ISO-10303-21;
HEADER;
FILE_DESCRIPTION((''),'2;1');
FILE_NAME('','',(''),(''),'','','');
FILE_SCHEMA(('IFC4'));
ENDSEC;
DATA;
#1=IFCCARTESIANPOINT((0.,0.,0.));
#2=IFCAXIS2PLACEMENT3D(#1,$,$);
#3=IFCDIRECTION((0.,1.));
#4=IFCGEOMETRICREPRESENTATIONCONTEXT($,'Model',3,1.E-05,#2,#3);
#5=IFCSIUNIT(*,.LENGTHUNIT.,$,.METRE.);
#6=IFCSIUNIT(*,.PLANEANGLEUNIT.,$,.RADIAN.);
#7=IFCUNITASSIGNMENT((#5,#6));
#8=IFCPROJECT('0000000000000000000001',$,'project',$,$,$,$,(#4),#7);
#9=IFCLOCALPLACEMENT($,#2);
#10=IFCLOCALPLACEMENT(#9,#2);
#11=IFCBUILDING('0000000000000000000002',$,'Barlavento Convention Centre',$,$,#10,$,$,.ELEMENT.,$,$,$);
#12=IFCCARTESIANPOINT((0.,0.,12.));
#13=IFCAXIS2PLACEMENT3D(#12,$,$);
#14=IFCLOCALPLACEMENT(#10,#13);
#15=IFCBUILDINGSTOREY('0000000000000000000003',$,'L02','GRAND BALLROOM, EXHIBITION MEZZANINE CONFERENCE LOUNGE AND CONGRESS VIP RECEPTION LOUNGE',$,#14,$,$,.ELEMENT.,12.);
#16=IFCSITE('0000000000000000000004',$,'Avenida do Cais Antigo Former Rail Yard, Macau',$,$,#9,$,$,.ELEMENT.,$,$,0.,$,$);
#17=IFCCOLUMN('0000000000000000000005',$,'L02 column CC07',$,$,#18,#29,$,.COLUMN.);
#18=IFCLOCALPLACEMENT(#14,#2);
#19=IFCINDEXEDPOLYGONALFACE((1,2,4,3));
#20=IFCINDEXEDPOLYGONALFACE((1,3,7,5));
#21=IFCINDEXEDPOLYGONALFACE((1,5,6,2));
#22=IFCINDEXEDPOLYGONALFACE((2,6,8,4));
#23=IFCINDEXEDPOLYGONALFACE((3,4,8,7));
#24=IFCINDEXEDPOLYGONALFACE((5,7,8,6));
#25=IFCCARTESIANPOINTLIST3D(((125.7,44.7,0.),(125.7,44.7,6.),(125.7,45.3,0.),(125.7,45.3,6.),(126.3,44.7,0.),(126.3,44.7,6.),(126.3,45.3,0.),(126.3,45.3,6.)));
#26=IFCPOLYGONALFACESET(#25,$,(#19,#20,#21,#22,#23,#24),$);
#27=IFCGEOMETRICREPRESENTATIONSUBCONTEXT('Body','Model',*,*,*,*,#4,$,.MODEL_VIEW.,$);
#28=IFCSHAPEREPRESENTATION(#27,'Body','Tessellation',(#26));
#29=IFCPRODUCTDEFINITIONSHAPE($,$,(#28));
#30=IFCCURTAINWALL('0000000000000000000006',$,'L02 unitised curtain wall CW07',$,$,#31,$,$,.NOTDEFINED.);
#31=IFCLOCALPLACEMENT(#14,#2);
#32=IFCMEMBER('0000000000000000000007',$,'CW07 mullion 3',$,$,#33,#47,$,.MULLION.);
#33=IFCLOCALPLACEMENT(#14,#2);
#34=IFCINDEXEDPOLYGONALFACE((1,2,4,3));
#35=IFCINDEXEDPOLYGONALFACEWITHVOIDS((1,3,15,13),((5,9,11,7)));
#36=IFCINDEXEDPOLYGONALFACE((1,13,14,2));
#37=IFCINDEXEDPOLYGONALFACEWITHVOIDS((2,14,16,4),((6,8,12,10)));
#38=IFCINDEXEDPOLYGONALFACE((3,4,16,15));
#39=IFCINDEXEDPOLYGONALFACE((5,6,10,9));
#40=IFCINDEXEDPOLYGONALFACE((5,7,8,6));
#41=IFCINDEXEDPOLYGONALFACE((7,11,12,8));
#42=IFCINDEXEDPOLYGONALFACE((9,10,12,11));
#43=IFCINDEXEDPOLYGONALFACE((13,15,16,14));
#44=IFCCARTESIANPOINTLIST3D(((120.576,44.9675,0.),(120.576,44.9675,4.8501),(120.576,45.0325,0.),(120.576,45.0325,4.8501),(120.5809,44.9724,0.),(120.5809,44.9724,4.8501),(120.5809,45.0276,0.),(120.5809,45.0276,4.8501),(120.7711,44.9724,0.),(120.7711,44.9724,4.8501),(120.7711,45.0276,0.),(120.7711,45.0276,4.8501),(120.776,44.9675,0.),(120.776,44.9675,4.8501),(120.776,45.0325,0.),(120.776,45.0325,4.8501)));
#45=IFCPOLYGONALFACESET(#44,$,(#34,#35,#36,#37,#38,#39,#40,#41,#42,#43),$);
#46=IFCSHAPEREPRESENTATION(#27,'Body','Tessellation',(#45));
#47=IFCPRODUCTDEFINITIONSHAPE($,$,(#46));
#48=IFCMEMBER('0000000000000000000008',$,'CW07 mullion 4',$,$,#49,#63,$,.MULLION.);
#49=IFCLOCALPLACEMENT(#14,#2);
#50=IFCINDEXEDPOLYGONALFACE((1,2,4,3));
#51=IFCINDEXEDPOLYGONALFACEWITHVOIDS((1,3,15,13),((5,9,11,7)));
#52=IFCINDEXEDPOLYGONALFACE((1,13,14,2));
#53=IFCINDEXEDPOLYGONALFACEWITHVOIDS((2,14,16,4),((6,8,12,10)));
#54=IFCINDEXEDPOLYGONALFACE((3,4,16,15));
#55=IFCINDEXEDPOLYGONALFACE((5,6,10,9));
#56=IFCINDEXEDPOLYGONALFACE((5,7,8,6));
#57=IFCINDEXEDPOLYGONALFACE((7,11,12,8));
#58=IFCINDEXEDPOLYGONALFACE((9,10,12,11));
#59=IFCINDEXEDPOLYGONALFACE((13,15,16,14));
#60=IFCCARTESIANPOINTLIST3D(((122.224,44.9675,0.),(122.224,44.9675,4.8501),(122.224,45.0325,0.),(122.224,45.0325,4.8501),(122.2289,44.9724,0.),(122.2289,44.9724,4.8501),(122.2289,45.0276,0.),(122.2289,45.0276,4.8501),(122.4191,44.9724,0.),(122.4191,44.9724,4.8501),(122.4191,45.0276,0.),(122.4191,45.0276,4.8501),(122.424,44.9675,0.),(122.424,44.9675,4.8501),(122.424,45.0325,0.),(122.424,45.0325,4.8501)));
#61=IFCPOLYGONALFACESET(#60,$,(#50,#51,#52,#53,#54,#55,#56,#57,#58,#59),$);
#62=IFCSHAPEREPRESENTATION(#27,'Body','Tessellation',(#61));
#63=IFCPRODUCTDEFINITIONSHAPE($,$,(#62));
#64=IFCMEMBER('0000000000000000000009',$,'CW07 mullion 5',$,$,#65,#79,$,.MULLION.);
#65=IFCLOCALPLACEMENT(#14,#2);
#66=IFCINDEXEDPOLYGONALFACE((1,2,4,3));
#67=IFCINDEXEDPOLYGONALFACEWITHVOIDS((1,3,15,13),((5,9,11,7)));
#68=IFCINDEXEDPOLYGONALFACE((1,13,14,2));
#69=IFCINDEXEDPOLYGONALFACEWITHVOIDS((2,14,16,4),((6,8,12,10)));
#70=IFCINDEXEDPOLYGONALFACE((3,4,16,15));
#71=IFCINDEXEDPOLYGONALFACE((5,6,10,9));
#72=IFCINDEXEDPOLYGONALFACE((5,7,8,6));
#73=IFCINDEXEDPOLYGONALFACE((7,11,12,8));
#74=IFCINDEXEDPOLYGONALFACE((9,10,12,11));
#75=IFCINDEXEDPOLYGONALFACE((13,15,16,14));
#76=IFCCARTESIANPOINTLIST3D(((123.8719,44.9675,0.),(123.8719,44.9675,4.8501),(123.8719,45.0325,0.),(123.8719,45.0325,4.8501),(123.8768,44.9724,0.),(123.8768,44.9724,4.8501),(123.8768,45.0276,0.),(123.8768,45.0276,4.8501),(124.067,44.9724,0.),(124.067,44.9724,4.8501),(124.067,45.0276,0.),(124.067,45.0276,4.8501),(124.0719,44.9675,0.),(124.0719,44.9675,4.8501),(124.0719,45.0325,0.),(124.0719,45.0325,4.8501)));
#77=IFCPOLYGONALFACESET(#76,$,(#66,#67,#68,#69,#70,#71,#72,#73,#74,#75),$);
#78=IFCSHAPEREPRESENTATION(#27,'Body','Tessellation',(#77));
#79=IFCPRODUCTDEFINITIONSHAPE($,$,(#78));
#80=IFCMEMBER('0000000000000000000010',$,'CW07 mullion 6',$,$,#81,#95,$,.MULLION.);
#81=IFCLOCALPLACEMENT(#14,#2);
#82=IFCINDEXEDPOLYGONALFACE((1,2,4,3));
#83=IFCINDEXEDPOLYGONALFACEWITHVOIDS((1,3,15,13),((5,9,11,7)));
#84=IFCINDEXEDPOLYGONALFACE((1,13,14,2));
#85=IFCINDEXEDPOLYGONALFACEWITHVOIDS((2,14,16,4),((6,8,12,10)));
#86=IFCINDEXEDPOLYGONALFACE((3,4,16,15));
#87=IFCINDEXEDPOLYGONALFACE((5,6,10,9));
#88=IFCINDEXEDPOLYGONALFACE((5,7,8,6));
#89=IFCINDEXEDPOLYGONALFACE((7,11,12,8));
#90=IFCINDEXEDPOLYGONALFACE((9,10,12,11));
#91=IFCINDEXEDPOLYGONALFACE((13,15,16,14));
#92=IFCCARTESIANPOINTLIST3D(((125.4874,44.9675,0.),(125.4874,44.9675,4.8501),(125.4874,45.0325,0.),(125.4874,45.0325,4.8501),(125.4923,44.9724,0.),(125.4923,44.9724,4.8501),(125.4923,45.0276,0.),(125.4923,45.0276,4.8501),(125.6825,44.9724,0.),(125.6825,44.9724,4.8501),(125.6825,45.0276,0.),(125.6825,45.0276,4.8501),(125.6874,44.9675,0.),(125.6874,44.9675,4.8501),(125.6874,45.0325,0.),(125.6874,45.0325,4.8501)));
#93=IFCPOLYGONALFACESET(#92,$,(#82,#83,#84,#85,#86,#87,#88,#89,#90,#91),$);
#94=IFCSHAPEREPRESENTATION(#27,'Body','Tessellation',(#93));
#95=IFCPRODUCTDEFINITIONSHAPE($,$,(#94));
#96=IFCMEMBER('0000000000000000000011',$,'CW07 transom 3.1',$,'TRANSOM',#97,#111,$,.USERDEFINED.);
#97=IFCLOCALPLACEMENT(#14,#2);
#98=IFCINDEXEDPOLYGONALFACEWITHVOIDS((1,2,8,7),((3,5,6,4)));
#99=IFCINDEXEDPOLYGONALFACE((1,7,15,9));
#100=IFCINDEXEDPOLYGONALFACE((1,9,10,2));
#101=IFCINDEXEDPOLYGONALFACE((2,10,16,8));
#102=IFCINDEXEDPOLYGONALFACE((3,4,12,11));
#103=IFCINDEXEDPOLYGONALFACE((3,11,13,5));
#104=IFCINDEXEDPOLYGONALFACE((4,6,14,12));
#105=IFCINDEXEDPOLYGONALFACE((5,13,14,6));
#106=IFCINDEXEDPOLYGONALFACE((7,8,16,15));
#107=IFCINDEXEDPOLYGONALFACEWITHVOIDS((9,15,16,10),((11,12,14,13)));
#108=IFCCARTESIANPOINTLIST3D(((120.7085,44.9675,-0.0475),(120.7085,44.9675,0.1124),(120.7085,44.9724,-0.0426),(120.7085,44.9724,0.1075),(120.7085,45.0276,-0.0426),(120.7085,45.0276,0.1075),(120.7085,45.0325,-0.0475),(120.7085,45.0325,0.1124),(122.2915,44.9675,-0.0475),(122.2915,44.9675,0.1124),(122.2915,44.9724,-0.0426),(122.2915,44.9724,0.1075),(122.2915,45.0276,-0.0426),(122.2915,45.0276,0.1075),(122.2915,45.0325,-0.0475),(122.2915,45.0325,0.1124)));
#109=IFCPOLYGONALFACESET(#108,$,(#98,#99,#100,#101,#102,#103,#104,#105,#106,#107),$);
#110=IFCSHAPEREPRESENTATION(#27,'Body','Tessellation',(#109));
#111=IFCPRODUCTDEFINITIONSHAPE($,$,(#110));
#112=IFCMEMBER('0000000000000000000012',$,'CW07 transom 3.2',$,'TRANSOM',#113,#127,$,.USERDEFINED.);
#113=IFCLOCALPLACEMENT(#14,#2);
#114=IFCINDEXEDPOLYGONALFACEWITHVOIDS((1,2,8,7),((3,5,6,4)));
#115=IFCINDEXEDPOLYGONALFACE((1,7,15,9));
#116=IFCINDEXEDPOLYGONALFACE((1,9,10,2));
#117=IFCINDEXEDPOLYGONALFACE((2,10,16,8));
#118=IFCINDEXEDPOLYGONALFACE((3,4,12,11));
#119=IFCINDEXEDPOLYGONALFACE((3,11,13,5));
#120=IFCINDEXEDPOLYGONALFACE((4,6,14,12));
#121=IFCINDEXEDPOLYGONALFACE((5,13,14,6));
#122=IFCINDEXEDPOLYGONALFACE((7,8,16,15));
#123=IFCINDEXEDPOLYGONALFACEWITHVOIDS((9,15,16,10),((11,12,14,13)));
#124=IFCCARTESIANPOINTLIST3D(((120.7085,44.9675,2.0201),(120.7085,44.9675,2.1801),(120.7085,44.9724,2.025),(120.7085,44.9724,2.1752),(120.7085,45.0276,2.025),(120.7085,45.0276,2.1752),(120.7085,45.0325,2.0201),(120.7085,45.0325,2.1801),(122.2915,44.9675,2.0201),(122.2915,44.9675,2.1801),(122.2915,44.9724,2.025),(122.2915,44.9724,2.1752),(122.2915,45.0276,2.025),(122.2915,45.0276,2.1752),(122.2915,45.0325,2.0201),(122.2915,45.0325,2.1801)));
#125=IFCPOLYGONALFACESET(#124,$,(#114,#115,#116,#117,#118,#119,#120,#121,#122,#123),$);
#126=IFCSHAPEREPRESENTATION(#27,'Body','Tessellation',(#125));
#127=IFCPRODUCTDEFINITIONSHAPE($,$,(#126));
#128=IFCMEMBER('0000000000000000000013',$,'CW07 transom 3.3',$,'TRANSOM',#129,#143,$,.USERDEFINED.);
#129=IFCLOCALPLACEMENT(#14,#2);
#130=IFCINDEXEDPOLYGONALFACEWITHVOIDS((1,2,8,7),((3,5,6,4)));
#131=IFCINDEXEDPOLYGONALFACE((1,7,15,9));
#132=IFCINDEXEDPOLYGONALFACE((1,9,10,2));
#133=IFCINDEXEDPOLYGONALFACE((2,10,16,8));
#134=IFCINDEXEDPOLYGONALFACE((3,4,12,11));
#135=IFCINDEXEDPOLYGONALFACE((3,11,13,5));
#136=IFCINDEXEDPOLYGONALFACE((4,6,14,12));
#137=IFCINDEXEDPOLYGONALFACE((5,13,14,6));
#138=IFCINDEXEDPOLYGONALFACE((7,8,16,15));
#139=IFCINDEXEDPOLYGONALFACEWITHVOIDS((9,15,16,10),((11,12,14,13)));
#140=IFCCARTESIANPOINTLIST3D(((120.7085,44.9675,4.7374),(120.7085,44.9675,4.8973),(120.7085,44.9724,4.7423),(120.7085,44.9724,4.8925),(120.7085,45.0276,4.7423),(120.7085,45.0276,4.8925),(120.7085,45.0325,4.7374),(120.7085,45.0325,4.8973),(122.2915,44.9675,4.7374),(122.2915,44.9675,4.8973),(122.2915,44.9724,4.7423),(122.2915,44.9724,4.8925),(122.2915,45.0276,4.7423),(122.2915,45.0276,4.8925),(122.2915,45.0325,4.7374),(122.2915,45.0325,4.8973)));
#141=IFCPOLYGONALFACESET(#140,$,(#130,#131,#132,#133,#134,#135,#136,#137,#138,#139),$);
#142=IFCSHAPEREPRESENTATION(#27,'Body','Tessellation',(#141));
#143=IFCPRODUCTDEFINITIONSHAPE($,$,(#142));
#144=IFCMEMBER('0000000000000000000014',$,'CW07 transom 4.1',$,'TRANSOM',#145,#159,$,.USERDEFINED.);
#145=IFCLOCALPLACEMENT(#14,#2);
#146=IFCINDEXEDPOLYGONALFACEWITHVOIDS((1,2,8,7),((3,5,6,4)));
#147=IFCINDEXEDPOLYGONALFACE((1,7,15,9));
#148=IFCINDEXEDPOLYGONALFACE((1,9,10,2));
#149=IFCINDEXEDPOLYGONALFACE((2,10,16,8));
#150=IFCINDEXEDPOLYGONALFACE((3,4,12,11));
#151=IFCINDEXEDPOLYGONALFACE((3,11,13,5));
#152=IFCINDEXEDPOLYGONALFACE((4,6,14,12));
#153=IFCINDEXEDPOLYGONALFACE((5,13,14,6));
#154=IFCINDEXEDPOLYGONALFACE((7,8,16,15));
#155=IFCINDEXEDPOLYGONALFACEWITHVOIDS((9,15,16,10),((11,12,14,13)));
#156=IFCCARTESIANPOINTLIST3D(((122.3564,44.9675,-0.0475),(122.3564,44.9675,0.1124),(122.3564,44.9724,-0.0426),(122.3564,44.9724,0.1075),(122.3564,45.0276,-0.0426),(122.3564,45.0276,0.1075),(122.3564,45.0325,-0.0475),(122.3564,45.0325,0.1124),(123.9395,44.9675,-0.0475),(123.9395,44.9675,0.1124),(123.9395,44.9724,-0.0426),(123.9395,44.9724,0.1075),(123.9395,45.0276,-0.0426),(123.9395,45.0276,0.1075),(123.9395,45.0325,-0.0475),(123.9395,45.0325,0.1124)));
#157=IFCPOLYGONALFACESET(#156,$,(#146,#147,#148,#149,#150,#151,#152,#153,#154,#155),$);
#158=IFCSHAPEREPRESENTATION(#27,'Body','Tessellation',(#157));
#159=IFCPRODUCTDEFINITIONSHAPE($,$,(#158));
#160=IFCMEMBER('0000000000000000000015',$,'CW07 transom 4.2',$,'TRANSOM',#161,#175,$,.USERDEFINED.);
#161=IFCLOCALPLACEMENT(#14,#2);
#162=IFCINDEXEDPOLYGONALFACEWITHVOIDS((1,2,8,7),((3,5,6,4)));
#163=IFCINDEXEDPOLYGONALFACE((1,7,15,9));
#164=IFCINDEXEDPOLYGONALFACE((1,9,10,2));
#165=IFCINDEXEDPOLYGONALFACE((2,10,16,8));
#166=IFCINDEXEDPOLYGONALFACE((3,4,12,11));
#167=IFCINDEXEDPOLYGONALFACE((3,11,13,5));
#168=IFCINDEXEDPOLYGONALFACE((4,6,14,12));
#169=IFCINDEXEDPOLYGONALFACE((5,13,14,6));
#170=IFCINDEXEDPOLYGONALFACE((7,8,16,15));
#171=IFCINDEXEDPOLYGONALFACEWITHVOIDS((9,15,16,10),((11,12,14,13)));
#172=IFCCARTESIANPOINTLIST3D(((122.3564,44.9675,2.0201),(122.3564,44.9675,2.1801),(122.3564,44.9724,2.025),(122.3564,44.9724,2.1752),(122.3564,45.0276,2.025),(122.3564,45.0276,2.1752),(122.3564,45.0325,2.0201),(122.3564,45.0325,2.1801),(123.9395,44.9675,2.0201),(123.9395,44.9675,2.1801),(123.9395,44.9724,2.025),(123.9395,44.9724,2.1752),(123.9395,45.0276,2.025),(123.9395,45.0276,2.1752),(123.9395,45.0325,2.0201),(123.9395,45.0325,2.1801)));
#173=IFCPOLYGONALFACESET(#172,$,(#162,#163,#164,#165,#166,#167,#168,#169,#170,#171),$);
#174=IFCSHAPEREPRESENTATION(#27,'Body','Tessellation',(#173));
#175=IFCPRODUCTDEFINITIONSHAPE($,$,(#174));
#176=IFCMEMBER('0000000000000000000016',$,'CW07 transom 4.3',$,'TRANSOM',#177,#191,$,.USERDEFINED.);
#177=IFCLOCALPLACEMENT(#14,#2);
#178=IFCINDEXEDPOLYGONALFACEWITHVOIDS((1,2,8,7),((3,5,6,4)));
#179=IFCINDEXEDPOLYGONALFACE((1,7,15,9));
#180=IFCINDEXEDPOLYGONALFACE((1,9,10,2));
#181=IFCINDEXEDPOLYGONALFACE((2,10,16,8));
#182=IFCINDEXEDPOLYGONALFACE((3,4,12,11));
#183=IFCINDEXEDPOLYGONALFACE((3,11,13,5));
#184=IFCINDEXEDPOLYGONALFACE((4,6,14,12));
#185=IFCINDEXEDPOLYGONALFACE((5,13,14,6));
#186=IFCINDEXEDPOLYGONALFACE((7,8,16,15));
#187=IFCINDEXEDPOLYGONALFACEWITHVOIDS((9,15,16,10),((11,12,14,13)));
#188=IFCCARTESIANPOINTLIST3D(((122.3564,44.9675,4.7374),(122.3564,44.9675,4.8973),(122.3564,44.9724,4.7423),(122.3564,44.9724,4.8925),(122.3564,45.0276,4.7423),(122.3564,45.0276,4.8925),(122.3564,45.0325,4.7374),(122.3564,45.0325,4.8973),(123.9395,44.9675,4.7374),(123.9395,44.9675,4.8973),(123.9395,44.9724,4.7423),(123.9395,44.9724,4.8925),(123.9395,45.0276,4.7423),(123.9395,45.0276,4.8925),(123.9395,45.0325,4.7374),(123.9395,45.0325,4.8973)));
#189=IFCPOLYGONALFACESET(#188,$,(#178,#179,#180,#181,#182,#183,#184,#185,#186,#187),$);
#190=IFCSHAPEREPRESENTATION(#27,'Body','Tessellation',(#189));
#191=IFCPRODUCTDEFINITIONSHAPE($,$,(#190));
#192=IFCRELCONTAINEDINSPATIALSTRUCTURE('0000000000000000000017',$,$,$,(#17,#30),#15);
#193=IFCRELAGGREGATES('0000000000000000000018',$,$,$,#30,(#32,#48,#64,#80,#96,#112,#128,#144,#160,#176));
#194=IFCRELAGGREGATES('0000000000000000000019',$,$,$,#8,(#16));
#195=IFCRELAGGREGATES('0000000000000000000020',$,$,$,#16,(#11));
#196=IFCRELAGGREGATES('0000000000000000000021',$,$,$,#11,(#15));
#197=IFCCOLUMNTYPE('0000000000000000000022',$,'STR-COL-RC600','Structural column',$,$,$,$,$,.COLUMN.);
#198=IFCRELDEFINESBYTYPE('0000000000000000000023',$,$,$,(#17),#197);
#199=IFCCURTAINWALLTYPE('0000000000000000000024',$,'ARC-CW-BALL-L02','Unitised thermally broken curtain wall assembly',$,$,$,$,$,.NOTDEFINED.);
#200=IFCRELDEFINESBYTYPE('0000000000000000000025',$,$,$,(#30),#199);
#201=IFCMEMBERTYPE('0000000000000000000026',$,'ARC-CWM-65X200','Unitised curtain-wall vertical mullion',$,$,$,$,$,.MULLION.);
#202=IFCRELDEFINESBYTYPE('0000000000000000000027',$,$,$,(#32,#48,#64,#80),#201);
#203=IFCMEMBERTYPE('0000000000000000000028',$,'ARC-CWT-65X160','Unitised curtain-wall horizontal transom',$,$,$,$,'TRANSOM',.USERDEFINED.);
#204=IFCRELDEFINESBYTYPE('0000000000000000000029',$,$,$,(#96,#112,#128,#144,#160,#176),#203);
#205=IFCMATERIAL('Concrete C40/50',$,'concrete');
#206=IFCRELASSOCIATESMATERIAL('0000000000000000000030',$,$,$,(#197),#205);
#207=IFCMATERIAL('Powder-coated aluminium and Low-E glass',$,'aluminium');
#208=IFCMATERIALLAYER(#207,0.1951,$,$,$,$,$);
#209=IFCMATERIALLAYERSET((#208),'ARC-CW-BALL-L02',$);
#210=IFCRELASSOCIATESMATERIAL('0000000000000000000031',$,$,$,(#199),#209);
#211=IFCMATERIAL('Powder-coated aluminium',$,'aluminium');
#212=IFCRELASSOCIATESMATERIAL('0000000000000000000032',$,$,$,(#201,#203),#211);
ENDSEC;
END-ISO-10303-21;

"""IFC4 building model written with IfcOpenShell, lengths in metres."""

from ifc_helpers import new_model, si_unit, direction, frame, origin, origin_2d, place, context, subcontext, project, spatial, rectangle, hollow_rectangle, extrude, material, layer, layer_set, material_profile, profile_set, type_object, element, aggregate, save


model = new_model("IFC4")

# Units and contexts
model_context = context("Model", 3, precision=1e-05, world=origin(), true_north=direction((0.0, 1.0)))
body_context = subcontext(model_context, "Body", "Model", "MODEL_VIEW")
ifc_project = project(units=[si_unit("LENGTHUNIT", "METRE"), si_unit("PLANEANGLEUNIT", "RADIAN")], contexts=[model_context])

# Site, building, storey
site_placement = place(None, origin())
site = spatial("IfcSite", under=ifc_project, at=site_placement, Name="Avenida do Cais Antigo Former Rail Yard, Macau", CompositionType="ELEMENT", RefElevation=0.0)
building_placement = place(site_placement, origin())
building = spatial("IfcBuilding", under=site, at=building_placement, Name="Barlavento Convention Centre", CompositionType="ELEMENT")
storey_placement = place(building_placement, frame((0.0, 0.0, 12.0)))
storey = spatial("IfcBuildingStorey", under=building, at=storey_placement, Name="L02", Description="GRAND BALLROOM, EXHIBITION MEZZANINE CONFERENCE LOUNGE AND CONGRESS VIP RECEPTION LOUNGE", CompositionType="ELEMENT", Elevation=12.0)

# Column
ifc_material_1 = material(Name="Concrete C40/50", Category="concrete")
ifc_material_profile_1 = material_profile(ifc_material_1, rectangle(XDim=0.6001, YDim=0.6001, at=origin_2d()), Name="RC 600x600")
ifc_profile_set_1 = profile_set([ifc_material_profile_1], Name="Concrete C40/50")
column_type = type_object("IfcColumnType", Name="STR-COL-RC600", Description="Structural column", PredefinedType="COLUMN", material=ifc_profile_set_1)
column_placement = place(storey_placement, frame((126.0, 45.0, 0.0), z_axis=(0.0, 0.0, 1.0), x_axis=(1.0, 0.0, 0.0)))
element("IfcColumn", 1, at=column_placement, inside=storey, type_object=column_type, Name="L02 column CC07", PredefinedType="COLUMN", context=body_context, shape_type="SweptSolid", body=[
    extrude(rectangle(XDim=0.6001, YDim=0.6001, at=origin_2d()), origin(), (0.0, 0.0, 1.0), 6.0),
])

# Curtain wall, members
ifc_material_2 = material(Name="Powder-coated aluminium and Low-E glass", Category="aluminium")
ifc_layer_1 = layer(ifc_material_2, 0.1951)
ifc_layer_set_1 = layer_set([ifc_layer_1], Name="ARC-CW-BALL-L02")
curtain_wall_type = type_object("IfcCurtainWallType", Name="ARC-CW-BALL-L02", Description="Unitised thermally broken curtain wall assembly", PredefinedType="NOTDEFINED", material=ifc_layer_set_1)
curtain_wall_placement = place(storey_placement, origin())
curtain_wall = element("IfcCurtainWall", 2, at=curtain_wall_placement, inside=storey, type_object=curtain_wall_type, Name="L02 unitised curtain wall CW07", PredefinedType="NOTDEFINED")
ifc_material_3 = material(Name="Powder-coated aluminium", Category="aluminium")
ifc_material_profile_2 = material_profile(ifc_material_3, hollow_rectangle(XDim=0.0649, YDim=0.2, WallThickness=0.0049, at=origin_2d()), Name="AL-MULL 65x200x5")
ifc_profile_set_2 = profile_set([ifc_material_profile_2], Name="Powder-coated aluminium")
member_type_1 = type_object("IfcMemberType", Name="ARC-CWM-65X200", Description="Unitised curtain-wall vertical mullion", PredefinedType="MULLION", material=ifc_profile_set_2)
member_1_placement = place(storey_placement, frame((120.676, 45.0, 0.0), z_axis=(0.0, 0.0, 1.0), x_axis=(0.0, 1.0, 0.0)))
member_1 = element("IfcMember", 3, at=member_1_placement, type_object=member_type_1, Name="CW07 mullion 3", PredefinedType="MULLION", context=body_context, shape_type="SweptSolid", body=[
    extrude(hollow_rectangle(XDim=0.0649, YDim=0.2, WallThickness=0.0049, at=origin_2d()), origin(), (0.0, 0.0, 1.0), 4.8501),
])
member_2_placement = place(storey_placement, frame((122.324, 45.0, 0.0), z_axis=(0.0, 0.0, 1.0), x_axis=(0.0, 1.0, 0.0)))
member_2 = element("IfcMember", 4, at=member_2_placement, type_object=member_type_1, Name="CW07 mullion 4", PredefinedType="MULLION", context=body_context, shape_type="SweptSolid", body=[
    extrude(hollow_rectangle(XDim=0.0649, YDim=0.2, WallThickness=0.0049, at=origin_2d()), origin(), (0.0, 0.0, 1.0), 4.8501),
])
member_3_placement = place(storey_placement, frame((123.9719, 45.0, 0.0), z_axis=(0.0, 0.0, 1.0), x_axis=(0.0, 1.0, 0.0)))
member_3 = element("IfcMember", 5, at=member_3_placement, type_object=member_type_1, Name="CW07 mullion 5", PredefinedType="MULLION", context=body_context, shape_type="SweptSolid", body=[
    extrude(hollow_rectangle(XDim=0.0649, YDim=0.2, WallThickness=0.0049, at=origin_2d()), origin(), (0.0, 0.0, 1.0), 4.8501),
])
member_4_placement = place(storey_placement, frame((125.5874, 45.0, 0.0), z_axis=(0.0, 0.0, 1.0), x_axis=(0.0, 1.0, 0.0)))
member_4 = element("IfcMember", 6, at=member_4_placement, type_object=member_type_1, Name="CW07 mullion 6", PredefinedType="MULLION", context=body_context, shape_type="SweptSolid", body=[
    extrude(hollow_rectangle(XDim=0.0649, YDim=0.2, WallThickness=0.0049, at=origin_2d()), origin(), (0.0, 0.0, 1.0), 4.8501),
])
ifc_material_profile_3 = material_profile(ifc_material_3, hollow_rectangle(XDim=0.0649, YDim=0.1599, WallThickness=0.0049, at=origin_2d()), Name="AL-TRAN 65x160x5")
ifc_profile_set_3 = profile_set([ifc_material_profile_3], Name="Powder-coated aluminium")
member_type_2 = type_object("IfcMemberType", Name="ARC-CWT-65X160", Description="Unitised curtain-wall horizontal transom", ElementType="TRANSOM", PredefinedType="USERDEFINED", material=ifc_profile_set_3)
member_5_placement = place(storey_placement, frame((120.7085, 45.0, 0.0325), z_axis=(1.0, 0.0, 0.0), x_axis=(0.0, 1.0, 0.0)))
member_5 = element("IfcMember", 7, at=member_5_placement, type_object=member_type_2, Name="CW07 transom 3.1", ObjectType="TRANSOM", PredefinedType="USERDEFINED", context=body_context, shape_type="SweptSolid", body=[
    extrude(hollow_rectangle(XDim=0.0649, YDim=0.1599, WallThickness=0.0049, at=origin_2d()), origin(), (0.0, 0.0, 1.0), 1.583),
])
member_6_placement = place(storey_placement, frame((120.7085, 45.0, 2.1001), z_axis=(1.0, 0.0, 0.0), x_axis=(0.0, 1.0, 0.0)))
member_6 = element("IfcMember", 8, at=member_6_placement, type_object=member_type_2, Name="CW07 transom 3.2", ObjectType="TRANSOM", PredefinedType="USERDEFINED", context=body_context, shape_type="SweptSolid", body=[
    extrude(hollow_rectangle(XDim=0.0649, YDim=0.1599, WallThickness=0.0049, at=origin_2d()), origin(), (0.0, 0.0, 1.0), 1.583),
])
member_7_placement = place(storey_placement, frame((120.7085, 45.0, 4.8174), z_axis=(1.0, 0.0, 0.0), x_axis=(0.0, 1.0, 0.0)))
member_7 = element("IfcMember", 9, at=member_7_placement, type_object=member_type_2, Name="CW07 transom 3.3", ObjectType="TRANSOM", PredefinedType="USERDEFINED", context=body_context, shape_type="SweptSolid", body=[
    extrude(hollow_rectangle(XDim=0.0649, YDim=0.1599, WallThickness=0.0049, at=origin_2d()), origin(), (0.0, 0.0, 1.0), 1.583),
])
member_8_placement = place(storey_placement, frame((122.3564, 45.0, 0.0325), z_axis=(1.0, 0.0, 0.0), x_axis=(0.0, 1.0, 0.0)))
member_8 = element("IfcMember", 10, at=member_8_placement, type_object=member_type_2, Name="CW07 transom 4.1", ObjectType="TRANSOM", PredefinedType="USERDEFINED", context=body_context, shape_type="SweptSolid", body=[
    extrude(hollow_rectangle(XDim=0.0649, YDim=0.1599, WallThickness=0.0049, at=origin_2d()), origin(), (0.0, 0.0, 1.0), 1.583),
])
member_9_placement = place(storey_placement, frame((122.3564, 45.0, 2.1001), z_axis=(1.0, 0.0, 0.0), x_axis=(0.0, 1.0, 0.0)))
member_9 = element("IfcMember", 11, at=member_9_placement, type_object=member_type_2, Name="CW07 transom 4.2", ObjectType="TRANSOM", PredefinedType="USERDEFINED", context=body_context, shape_type="SweptSolid", body=[
    extrude(hollow_rectangle(XDim=0.0649, YDim=0.1599, WallThickness=0.0049, at=origin_2d()), origin(), (0.0, 0.0, 1.0), 1.583),
])
member_10_placement = place(storey_placement, frame((122.3564, 45.0, 4.8174), z_axis=(1.0, 0.0, 0.0), x_axis=(0.0, 1.0, 0.0)))
member_10 = element("IfcMember", 12, at=member_10_placement, type_object=member_type_2, Name="CW07 transom 4.3", ObjectType="TRANSOM", PredefinedType="USERDEFINED", context=body_context, shape_type="SweptSolid", body=[
    extrude(hollow_rectangle(XDim=0.0649, YDim=0.1599, WallThickness=0.0049, at=origin_2d()), origin(), (0.0, 0.0, 1.0), 1.583),
])

aggregate(curtain_wall, [member_1, member_2, member_3, member_4, member_5, member_6, member_7, member_8, member_9, member_10])

save(model, "model.ifc")
